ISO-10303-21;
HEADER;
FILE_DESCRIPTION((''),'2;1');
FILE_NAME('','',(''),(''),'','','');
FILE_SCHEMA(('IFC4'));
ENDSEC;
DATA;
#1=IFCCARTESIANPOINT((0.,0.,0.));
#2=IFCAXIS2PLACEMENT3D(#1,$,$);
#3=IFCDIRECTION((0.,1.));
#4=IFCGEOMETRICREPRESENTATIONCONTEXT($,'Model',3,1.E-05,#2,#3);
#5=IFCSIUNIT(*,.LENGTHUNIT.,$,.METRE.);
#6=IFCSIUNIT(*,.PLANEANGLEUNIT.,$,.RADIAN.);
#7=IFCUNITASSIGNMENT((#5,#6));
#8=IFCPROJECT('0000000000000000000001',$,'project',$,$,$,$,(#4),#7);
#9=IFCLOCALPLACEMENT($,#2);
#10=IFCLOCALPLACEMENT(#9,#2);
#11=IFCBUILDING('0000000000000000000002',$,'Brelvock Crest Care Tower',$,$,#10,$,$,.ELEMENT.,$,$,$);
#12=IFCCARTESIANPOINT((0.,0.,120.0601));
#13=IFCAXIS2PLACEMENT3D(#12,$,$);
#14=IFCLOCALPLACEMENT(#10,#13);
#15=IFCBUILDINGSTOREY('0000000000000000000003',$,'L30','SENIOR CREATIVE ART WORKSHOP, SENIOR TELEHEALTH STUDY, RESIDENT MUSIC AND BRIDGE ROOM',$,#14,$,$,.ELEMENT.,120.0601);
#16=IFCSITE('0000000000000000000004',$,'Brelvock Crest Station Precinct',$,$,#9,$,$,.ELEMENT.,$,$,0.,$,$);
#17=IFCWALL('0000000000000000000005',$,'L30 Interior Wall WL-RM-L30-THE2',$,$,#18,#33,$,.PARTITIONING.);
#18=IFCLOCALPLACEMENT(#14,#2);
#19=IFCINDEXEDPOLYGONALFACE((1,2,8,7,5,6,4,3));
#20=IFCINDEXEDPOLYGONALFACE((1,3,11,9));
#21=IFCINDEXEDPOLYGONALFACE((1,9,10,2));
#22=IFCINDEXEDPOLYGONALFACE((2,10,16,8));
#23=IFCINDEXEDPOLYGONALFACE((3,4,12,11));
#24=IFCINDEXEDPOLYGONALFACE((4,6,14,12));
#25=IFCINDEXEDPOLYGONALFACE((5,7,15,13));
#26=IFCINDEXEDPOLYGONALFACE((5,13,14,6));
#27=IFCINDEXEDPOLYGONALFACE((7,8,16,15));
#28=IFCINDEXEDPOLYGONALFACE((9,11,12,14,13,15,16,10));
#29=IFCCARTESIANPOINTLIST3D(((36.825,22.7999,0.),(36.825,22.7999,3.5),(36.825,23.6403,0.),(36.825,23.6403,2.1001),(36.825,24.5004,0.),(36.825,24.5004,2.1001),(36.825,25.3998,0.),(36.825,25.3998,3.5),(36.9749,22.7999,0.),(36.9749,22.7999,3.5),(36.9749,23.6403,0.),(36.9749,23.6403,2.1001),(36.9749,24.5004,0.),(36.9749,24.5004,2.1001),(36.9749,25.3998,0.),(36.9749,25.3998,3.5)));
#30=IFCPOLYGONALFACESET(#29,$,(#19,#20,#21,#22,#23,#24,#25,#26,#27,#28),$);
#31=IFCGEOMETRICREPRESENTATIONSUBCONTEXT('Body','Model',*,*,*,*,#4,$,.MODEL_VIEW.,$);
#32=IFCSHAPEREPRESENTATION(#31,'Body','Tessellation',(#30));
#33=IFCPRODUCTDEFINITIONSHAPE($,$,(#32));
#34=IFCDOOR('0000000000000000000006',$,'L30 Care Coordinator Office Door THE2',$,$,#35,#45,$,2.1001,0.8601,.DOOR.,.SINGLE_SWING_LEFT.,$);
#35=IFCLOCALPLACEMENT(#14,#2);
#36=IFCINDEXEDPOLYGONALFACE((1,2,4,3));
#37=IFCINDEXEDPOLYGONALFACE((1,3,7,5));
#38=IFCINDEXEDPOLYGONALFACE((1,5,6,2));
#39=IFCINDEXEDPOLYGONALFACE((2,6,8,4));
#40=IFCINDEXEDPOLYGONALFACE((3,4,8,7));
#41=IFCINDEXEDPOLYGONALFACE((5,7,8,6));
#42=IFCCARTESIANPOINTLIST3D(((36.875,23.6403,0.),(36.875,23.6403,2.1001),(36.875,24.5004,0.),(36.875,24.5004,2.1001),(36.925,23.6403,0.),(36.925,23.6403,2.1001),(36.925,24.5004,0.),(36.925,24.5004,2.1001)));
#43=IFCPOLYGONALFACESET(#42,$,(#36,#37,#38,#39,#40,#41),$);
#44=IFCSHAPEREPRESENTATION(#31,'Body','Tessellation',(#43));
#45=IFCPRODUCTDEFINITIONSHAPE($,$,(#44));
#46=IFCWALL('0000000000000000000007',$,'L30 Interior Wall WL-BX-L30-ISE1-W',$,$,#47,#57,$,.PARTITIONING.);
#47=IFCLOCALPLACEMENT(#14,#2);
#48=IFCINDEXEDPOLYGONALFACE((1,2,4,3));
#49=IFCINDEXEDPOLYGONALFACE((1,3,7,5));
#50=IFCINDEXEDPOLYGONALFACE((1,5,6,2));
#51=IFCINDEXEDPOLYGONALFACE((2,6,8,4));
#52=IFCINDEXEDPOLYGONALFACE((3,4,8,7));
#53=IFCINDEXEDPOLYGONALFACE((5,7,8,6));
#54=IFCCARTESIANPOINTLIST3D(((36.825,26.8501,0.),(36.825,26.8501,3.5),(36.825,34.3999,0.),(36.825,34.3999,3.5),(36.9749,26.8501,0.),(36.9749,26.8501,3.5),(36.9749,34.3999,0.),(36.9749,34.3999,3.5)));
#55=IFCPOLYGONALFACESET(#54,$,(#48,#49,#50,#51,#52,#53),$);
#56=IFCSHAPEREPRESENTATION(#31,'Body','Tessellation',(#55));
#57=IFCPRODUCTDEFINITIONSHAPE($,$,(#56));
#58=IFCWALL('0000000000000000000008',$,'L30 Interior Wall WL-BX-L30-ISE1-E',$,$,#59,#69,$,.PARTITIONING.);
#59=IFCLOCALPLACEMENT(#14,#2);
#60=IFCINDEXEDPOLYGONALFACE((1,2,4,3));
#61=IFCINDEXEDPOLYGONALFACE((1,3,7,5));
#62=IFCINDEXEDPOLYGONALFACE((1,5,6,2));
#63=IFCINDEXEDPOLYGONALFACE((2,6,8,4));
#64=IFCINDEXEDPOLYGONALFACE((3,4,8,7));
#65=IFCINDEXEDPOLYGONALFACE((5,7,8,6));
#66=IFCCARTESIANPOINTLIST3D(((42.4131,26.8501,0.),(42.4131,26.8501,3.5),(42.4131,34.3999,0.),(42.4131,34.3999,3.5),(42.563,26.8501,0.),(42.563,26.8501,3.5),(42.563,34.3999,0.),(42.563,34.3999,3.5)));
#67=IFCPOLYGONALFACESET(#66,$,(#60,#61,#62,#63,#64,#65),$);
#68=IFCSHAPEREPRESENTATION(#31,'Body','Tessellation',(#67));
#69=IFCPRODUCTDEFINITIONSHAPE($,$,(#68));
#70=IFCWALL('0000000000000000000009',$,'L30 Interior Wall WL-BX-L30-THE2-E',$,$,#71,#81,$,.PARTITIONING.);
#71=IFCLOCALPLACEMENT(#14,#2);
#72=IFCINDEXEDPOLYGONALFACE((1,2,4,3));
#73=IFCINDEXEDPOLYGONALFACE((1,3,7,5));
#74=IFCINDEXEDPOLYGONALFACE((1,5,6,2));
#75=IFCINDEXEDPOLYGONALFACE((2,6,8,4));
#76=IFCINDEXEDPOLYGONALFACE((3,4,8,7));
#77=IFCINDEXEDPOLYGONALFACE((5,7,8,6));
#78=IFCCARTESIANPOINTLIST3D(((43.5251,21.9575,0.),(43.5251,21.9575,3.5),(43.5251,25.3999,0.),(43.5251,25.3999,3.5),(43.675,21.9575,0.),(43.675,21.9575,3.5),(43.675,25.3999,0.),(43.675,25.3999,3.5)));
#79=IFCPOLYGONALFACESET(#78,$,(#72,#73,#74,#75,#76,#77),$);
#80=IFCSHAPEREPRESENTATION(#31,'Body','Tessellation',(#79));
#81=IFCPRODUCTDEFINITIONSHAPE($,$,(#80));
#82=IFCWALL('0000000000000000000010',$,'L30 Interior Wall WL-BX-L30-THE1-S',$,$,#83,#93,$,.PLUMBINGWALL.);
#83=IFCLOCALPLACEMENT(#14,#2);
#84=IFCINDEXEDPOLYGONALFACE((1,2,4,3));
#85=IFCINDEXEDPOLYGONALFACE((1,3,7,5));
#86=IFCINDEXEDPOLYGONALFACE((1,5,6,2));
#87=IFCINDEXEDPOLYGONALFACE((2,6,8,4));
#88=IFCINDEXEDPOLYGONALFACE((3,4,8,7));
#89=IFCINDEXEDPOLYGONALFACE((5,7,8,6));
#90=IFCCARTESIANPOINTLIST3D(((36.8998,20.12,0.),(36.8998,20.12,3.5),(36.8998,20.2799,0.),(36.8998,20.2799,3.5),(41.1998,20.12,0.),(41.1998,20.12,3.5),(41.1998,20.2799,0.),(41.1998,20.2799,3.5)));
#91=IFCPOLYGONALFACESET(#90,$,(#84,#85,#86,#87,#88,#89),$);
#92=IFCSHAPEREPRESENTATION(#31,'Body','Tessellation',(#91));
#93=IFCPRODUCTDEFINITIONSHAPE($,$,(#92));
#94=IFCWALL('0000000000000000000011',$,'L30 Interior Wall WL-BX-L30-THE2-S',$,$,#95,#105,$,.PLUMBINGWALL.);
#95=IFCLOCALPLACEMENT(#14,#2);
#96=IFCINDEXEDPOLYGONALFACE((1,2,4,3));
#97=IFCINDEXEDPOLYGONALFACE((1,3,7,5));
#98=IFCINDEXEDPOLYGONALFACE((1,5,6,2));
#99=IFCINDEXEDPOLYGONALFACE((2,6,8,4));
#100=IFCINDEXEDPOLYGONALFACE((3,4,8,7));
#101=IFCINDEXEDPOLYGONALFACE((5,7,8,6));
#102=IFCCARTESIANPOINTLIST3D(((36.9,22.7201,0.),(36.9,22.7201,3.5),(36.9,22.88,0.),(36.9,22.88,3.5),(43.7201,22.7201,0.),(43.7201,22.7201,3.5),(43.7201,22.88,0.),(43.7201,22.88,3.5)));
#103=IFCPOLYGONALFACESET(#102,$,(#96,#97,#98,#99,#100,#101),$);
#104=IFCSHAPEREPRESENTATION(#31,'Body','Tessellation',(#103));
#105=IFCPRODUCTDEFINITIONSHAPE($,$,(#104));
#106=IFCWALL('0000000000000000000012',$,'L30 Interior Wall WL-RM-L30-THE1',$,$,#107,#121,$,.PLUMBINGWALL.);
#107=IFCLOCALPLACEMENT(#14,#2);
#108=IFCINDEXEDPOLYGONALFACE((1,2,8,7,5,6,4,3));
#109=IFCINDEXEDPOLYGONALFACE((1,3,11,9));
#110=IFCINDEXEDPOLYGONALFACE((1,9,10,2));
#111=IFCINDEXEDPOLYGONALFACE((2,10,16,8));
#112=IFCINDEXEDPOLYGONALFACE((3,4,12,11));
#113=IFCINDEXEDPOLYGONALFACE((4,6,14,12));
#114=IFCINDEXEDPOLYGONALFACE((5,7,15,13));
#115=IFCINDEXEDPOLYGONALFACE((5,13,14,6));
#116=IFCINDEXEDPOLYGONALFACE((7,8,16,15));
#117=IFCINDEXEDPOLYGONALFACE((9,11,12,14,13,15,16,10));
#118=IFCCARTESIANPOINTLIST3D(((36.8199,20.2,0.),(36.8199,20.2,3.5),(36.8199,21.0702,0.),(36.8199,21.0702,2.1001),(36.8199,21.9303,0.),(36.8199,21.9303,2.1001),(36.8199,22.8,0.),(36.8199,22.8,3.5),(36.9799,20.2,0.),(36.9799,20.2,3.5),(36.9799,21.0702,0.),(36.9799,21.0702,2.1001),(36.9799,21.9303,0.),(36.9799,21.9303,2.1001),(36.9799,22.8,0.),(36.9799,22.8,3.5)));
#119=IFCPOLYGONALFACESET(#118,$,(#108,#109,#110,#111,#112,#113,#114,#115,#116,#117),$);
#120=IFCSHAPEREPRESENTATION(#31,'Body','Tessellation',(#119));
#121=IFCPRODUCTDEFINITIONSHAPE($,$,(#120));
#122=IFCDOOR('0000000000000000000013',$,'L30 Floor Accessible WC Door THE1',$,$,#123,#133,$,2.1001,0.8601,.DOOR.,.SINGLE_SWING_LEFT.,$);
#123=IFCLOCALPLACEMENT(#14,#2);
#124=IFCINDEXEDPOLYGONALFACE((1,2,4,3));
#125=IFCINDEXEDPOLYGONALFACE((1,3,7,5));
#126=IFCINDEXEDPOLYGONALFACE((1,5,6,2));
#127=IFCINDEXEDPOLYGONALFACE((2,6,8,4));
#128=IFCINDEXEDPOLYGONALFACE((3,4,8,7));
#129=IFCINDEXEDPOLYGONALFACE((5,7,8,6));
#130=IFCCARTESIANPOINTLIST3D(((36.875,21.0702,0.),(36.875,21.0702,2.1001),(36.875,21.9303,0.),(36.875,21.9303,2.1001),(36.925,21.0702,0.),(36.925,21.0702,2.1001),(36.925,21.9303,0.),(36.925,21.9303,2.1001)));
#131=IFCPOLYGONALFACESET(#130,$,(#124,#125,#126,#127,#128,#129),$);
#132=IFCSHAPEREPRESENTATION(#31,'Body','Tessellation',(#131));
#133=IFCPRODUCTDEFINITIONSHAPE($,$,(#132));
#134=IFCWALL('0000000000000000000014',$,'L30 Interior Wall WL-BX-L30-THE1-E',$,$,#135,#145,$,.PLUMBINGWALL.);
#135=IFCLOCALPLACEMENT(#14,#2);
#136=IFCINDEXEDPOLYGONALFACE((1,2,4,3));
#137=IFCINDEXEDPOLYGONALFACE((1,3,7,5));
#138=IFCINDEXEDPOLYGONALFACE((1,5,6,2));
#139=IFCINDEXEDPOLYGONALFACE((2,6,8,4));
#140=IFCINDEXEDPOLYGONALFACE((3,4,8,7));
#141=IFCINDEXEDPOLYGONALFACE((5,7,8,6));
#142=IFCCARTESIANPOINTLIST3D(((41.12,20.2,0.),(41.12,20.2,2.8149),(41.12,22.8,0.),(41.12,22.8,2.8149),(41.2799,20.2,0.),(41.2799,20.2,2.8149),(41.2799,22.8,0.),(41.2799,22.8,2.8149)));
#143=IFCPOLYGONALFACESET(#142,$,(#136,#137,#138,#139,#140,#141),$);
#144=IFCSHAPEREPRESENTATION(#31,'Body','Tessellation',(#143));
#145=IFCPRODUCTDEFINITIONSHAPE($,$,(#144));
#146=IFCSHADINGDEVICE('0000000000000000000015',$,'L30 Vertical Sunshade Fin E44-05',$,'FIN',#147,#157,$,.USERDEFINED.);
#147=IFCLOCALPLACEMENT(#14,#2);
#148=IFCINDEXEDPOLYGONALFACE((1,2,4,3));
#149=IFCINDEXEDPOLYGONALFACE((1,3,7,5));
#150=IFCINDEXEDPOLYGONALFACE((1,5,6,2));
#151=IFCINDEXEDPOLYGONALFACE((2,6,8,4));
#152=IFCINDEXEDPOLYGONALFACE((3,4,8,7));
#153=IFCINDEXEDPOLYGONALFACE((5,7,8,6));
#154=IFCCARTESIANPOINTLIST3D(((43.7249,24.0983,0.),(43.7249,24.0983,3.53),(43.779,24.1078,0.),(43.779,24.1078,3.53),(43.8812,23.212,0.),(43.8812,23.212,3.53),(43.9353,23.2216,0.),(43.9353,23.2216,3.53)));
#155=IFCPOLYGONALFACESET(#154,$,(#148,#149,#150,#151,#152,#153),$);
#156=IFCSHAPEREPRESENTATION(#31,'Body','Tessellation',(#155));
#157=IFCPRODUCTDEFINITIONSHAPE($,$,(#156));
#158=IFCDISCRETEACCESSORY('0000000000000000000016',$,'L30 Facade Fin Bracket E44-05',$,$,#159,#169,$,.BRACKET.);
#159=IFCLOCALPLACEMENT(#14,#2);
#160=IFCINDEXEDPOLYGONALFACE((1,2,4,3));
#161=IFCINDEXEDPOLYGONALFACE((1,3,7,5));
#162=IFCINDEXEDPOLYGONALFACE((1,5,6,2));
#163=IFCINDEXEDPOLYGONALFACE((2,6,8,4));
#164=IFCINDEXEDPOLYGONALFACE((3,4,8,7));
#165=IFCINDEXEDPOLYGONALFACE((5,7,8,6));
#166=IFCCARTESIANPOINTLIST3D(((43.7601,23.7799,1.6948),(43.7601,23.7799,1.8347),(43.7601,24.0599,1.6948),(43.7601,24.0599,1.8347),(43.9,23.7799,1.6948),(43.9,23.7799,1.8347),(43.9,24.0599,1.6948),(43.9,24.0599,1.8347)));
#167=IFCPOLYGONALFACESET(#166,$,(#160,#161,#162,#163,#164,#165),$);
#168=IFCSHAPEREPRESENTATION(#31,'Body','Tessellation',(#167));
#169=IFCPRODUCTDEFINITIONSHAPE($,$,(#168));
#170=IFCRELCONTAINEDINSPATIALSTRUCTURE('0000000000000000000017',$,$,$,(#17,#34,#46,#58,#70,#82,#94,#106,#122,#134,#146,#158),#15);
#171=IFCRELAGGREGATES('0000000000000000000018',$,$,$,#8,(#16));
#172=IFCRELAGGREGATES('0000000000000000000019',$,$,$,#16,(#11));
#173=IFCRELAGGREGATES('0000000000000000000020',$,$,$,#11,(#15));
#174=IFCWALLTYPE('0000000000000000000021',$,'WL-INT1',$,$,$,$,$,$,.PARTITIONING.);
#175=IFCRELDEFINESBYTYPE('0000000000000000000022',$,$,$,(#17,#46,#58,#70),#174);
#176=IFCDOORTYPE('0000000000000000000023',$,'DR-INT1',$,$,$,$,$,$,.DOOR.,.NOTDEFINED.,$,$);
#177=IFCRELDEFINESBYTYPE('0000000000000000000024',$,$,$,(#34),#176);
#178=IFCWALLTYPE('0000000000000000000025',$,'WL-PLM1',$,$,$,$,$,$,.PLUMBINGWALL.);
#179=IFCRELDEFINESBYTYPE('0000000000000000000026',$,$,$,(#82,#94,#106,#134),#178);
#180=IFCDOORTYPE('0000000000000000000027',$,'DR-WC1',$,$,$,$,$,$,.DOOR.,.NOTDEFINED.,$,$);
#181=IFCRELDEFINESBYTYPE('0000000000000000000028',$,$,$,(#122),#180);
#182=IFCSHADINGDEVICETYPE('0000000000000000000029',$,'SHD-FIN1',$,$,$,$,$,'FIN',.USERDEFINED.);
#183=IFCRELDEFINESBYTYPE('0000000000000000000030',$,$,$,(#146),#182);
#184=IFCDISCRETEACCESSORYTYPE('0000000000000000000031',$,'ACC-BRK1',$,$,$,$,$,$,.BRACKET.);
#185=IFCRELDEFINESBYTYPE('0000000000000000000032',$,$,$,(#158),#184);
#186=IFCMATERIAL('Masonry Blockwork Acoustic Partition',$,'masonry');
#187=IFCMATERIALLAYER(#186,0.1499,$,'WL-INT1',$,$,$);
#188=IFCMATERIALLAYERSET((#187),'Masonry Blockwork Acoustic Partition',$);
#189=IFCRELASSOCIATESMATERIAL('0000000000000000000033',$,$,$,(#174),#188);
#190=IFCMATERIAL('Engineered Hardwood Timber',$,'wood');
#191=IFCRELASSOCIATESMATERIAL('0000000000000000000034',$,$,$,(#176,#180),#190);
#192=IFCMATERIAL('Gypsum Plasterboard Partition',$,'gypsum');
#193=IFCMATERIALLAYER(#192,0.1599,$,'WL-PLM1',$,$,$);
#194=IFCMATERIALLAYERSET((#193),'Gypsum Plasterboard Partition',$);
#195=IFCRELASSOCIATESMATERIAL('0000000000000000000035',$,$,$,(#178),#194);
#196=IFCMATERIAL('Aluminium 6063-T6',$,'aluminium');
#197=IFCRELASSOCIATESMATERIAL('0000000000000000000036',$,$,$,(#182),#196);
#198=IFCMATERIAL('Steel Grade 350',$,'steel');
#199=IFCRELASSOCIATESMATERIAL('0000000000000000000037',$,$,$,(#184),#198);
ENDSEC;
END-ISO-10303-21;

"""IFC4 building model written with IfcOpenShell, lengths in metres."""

from ifc_helpers import new_model, si_unit, direction, frame, frame_2d, origin, origin_2d, place, context, subcontext, project, spatial, rectangle, extrude, source, transform, mapped, material, layer, layer_set, material_profile, profile_set, type_object, element, fill, save


model = new_model("IFC4")

# Units and contexts
model_context = context("Model", 3, precision=1e-05, world=origin(), true_north=direction((0.0, 1.0)))
body_context = subcontext(model_context, "Body", "Model", "MODEL_VIEW")
ifc_project = project(units=[si_unit("LENGTHUNIT", "METRE"), si_unit("PLANEANGLEUNIT", "RADIAN")], contexts=[model_context])

# Site, building, storey
site_placement = place(None, origin())
site = spatial("IfcSite", under=ifc_project, at=site_placement, Name="Brelvock Crest Station Precinct", CompositionType="ELEMENT", RefElevation=0.0)
building_placement = place(site_placement, origin())
building = spatial("IfcBuilding", under=site, at=building_placement, Name="Brelvock Crest Care Tower", CompositionType="ELEMENT")
storey_placement = place(building_placement, frame((0.0, 0.0, 120.0601)))
storey = spatial("IfcBuildingStorey", under=building, at=storey_placement, Name="L30", Description="SENIOR CREATIVE ART WORKSHOP, SENIOR TELEHEALTH STUDY, RESIDENT MUSIC AND BRIDGE ROOM", CompositionType="ELEMENT", Elevation=120.0601)

# Shared definitions
ifc_material_1 = material(Name="Steel Grade 350", Category="steel")

# Shared definitions
ifc_material_2 = material(Name="Aluminium 6063-T6", Category="aluminium")

# Shared definitions
ifc_material_3 = material(Name="Masonry Blockwork Acoustic Partition", Category="masonry")
ifc_layer_1 = layer(ifc_material_3, 0.1499, Name="WL-INT1")
ifc_layer_set_1 = layer_set([ifc_layer_1], Name="Masonry Blockwork Acoustic Partition")
wall_type_1 = type_object("IfcWallType", Name="WL-INT1", PredefinedType="PARTITIONING", material=ifc_layer_set_1)

# Wall, opening, door
wall_1_placement = place(storey_placement, frame((36.8999, 22.8, 0.0), z_axis=(0.0, 0.0, 1.0), x_axis=(0.0, 1.0, 0.0)))
wall_1 = element("IfcWall", 1, at=wall_1_placement, inside=storey, type_object=wall_type_1, Name="L30 Interior Wall WL-RM-L30-THE2", PredefinedType="PARTITIONING", context=body_context, shape_type="SweptSolid", body=[
    extrude(rectangle(XDim=2.5999, YDim=0.1499, at=frame_2d((1.2998, 0.0))), origin(), (0.0, 0.0, 1.0), 3.5),
])
opening_1_placement = place(wall_1_placement, frame((0.8401, 0.0, 0.0)))
opening_1 = element("IfcOpeningElement", 2, at=opening_1_placement, cuts=wall_1, PredefinedType="OPENING", context=body_context, shape_type="SweptSolid", body=[
    extrude(rectangle(XDim=0.8601, YDim=2.1001, at=origin_2d()), frame((0.4302, 0.085, 1.05), z_axis=(0.0, -1.0, 0.0), x_axis=(1.0, 0.0, 0.0)), (0.0, 0.0, 1.0), 0.1699),
])
ifc_material_4 = material(Name="Engineered Hardwood Timber", Category="wood")
door_type_1 = type_object("IfcDoorType", Name="DR-INT1", OperationType="NOTDEFINED", PredefinedType="DOOR", material=ifc_material_4)
shared_shape_1 = source(origin(), body_context, "Body", "SweptSolid", [
    extrude(rectangle(XDim=0.8601, YDim=2.1001, at=origin_2d()), frame((0.4302, 0.0249, 1.05), z_axis=(0.0, -1.0, 0.0), x_axis=(1.0, 0.0, 0.0)), (0.0, 0.0, 1.0), 0.05),
])
door_1_placement = place(opening_1_placement, origin())
door_1 = element("IfcDoor", 3, at=door_1_placement, inside=storey, type_object=door_type_1, Name="L30 Care Coordinator Office Door THE2", OperationType="SINGLE_SWING_LEFT", OverallHeight=2.1001, OverallWidth=0.8601, PredefinedType="DOOR", context=body_context, shape_type="MappedRepresentation", body=[
    mapped(shared_shape_1, transform((0.0, 0.0, 0.0), x_axis=(1.0, 0.0, 0.0), y_axis=(0.0, 1.0, 0.0), z_axis=(0.0, 0.0, 1.0), scale=1.0)),
])
fill(opening_1, door_1)

# Walls
for number, where, z_axis, x_axis, name in (
    (4, (36.8999, 26.8501, 0.0), (0.0, 0.0, 1.0), (0.0, 1.0, 0.0), "L30 Interior Wall WL-BX-L30-ISE1-W"),
    (5, (42.488, 26.8501, 0.0), (0.0, 0.0, 1.0), (0.0, 1.0, 0.0), "L30 Interior Wall WL-BX-L30-ISE1-E"),
):
    element("IfcWall", number, at=place(storey_placement, frame(where, z_axis=z_axis, x_axis=x_axis)), inside=storey, type_object=wall_type_1, Name=name, PredefinedType="PARTITIONING", context=body_context, shape_type="SweptSolid", body=[
        extrude(rectangle(XDim=7.5498, YDim=0.1499, at=frame_2d((3.7749, 0.0))), origin(), (0.0, 0.0, 1.0), 3.5),
    ])
wall_2_placement = place(storey_placement, frame((43.6001, 21.9575, 0.0), z_axis=(0.0, 0.0, 1.0), x_axis=(0.0, 1.0, 0.0)))
element("IfcWall", 6, at=wall_2_placement, inside=storey, type_object=wall_type_1, Name="L30 Interior Wall WL-BX-L30-THE2-E", PredefinedType="PARTITIONING", context=body_context, shape_type="SweptSolid", body=[
    extrude(rectangle(XDim=3.4424, YDim=0.1499, at=frame_2d((1.7212, 0.0))), origin(), (0.0, 0.0, 1.0), 3.5),
])
ifc_material_5 = material(Name="Gypsum Plasterboard Partition", Category="gypsum")
ifc_layer_2 = layer(ifc_material_5, 0.1599, Name="WL-PLM1")
ifc_layer_set_2 = layer_set([ifc_layer_2], Name="Gypsum Plasterboard Partition")
wall_type_2 = type_object("IfcWallType", Name="WL-PLM1", PredefinedType="PLUMBINGWALL", material=ifc_layer_set_2)
wall_3_placement = place(storey_placement, frame((36.8999, 20.2, 0.0), z_axis=(0.0, 0.0, 1.0), x_axis=(1.0, 0.0, 0.0)))
element("IfcWall", 7, at=wall_3_placement, inside=storey, type_object=wall_type_2, Name="L30 Interior Wall WL-BX-L30-THE1-S", PredefinedType="PLUMBINGWALL", context=body_context, shape_type="SweptSolid", body=[
    extrude(rectangle(XDim=4.3, YDim=0.1599, at=frame_2d((2.1499, 0.0))), origin(), (0.0, 0.0, 1.0), 3.5),
])
wall_4_placement = place(storey_placement, frame((36.8999, 22.8, 0.0), z_axis=(0.0, 0.0, 1.0), x_axis=(1.0, 0.0, 0.0)))
element("IfcWall", 8, at=wall_4_placement, inside=storey, type_object=wall_type_2, Name="L30 Interior Wall WL-BX-L30-THE2-S", PredefinedType="PLUMBINGWALL", context=body_context, shape_type="SweptSolid", body=[
    extrude(rectangle(XDim=6.8201, YDim=0.1599, at=frame_2d((3.4102, 0.0))), origin(), (0.0, 0.0, 1.0), 3.5),
])

# Wall, opening, door
wall_5_placement = place(storey_placement, frame((36.8999, 20.2, 0.0), z_axis=(0.0, 0.0, 1.0), x_axis=(0.0, 1.0, 0.0)))
wall_5 = element("IfcWall", 9, at=wall_5_placement, inside=storey, type_object=wall_type_2, Name="L30 Interior Wall WL-RM-L30-THE1", PredefinedType="PLUMBINGWALL", context=body_context, shape_type="SweptSolid", body=[
    extrude(rectangle(XDim=2.6001, YDim=0.1599, at=frame_2d((1.3, 0.0))), origin(), (0.0, 0.0, 1.0), 3.5),
])
opening_2_placement = place(wall_5_placement, frame((0.8701, 0.0, 0.0)))
opening_2 = element("IfcOpeningElement", 10, at=opening_2_placement, cuts=wall_5, PredefinedType="OPENING", context=body_context, shape_type="SweptSolid", body=[
    extrude(rectangle(XDim=0.8601, YDim=2.1001, at=origin_2d()), frame((0.4302, 0.0898, 1.05), z_axis=(0.0, -1.0, 0.0), x_axis=(1.0, 0.0, 0.0)), (0.0, 0.0, 1.0), 0.1799),
])
door_type_2 = type_object("IfcDoorType", Name="DR-WC1", OperationType="NOTDEFINED", PredefinedType="DOOR", material=ifc_material_4)
shared_shape_2 = source(origin(), body_context, "Body", "SweptSolid", [
    extrude(rectangle(XDim=0.8601, YDim=2.1001, at=origin_2d()), frame((0.4302, 0.0249, 1.05), z_axis=(0.0, -1.0, 0.0), x_axis=(1.0, 0.0, 0.0)), (0.0, 0.0, 1.0), 0.05),
])
door_2_placement = place(opening_2_placement, origin())
door_2 = element("IfcDoor", 11, at=door_2_placement, inside=storey, type_object=door_type_2, Name="L30 Floor Accessible WC Door THE1", OperationType="SINGLE_SWING_LEFT", OverallHeight=2.1001, OverallWidth=0.8601, PredefinedType="DOOR", context=body_context, shape_type="MappedRepresentation", body=[
    mapped(shared_shape_2, transform((0.0, 0.0, 0.0), x_axis=(1.0, 0.0, 0.0), y_axis=(0.0, 1.0, 0.0), z_axis=(0.0, 0.0, 1.0), scale=1.0)),
])
fill(opening_2, door_2)

# Wall
wall_6_placement = place(storey_placement, frame((41.2, 20.2, 0.0), z_axis=(0.0, 0.0, 1.0), x_axis=(0.0, 1.0, 0.0)))
element("IfcWall", 12, at=wall_6_placement, inside=storey, type_object=wall_type_2, Name="L30 Interior Wall WL-BX-L30-THE1-E", PredefinedType="PLUMBINGWALL", context=body_context, shape_type="SweptSolid", body=[
    extrude(rectangle(XDim=2.6001, YDim=0.1599, at=frame_2d((1.3, 0.0))), origin(), (0.0, 0.0, 1.0), 2.8149),
])

# Shading device
ifc_material_profile_1 = material_profile(ifc_material_2, rectangle(XDim=0.0549, YDim=0.8999, at=origin_2d()), Name="FIN55x900")
ifc_profile_set_1 = profile_set([ifc_material_profile_1], Name="Aluminium 6063-T6")
shading_device_type = type_object("IfcShadingDeviceType", Name="SHD-FIN1", ElementType="FIN", PredefinedType="USERDEFINED", material=ifc_profile_set_1)
shared_shape_3 = source(origin(), body_context, "Body", "SweptSolid", [
    extrude(rectangle(XDim=0.0549, YDim=0.8999, at=origin_2d()), origin(), (0.0, 0.0, 1.0), 3.53),
])
shading_device_placement = place(storey_placement, frame((43.8301, 23.6599, 0.0), z_axis=(0.0, 0.0, 1.0), x_axis=(-0.984808, -0.173648, 0.0)))
element("IfcShadingDevice", 13, at=shading_device_placement, inside=storey, type_object=shading_device_type, Name="L30 Vertical Sunshade Fin E44-05", ObjectType="FIN", PredefinedType="USERDEFINED", context=body_context, shape_type="MappedRepresentation", body=[
    mapped(shared_shape_3, transform((0.0, 0.0, 0.0), x_axis=(1.0, 0.0, 0.0), y_axis=(0.0, 1.0, 0.0), z_axis=(0.0, 0.0, 1.0), scale=1.0)),
])

# Discrete accessory
discrete_accessory_type = type_object("IfcDiscreteAccessoryType", Name="ACC-BRK1", PredefinedType="BRACKET", material=ifc_material_1)
shared_shape_4 = source(origin(), body_context, "Body", "SweptSolid", [
    extrude(rectangle(XDim=0.28, YDim=0.1399, at=origin_2d()), origin(), (0.0, 0.0, 1.0), 0.1399),
])
discrete_accessory_placement = place(storey_placement, frame((43.8301, 23.9199, 1.6948), z_axis=(0.0, 0.0, 1.0), x_axis=(0.0, -1.0, 0.0)))
element("IfcDiscreteAccessory", 14, at=discrete_accessory_placement, inside=storey, type_object=discrete_accessory_type, Name="L30 Facade Fin Bracket E44-05", PredefinedType="BRACKET", context=body_context, shape_type="MappedRepresentation", body=[
    mapped(shared_shape_4, transform((0.0, 0.0, 0.0), x_axis=(1.0, 0.0, 0.0), y_axis=(0.0, 1.0, 0.0), z_axis=(0.0, 0.0, 1.0), scale=1.0)),
])

save(model, "model.ifc")
